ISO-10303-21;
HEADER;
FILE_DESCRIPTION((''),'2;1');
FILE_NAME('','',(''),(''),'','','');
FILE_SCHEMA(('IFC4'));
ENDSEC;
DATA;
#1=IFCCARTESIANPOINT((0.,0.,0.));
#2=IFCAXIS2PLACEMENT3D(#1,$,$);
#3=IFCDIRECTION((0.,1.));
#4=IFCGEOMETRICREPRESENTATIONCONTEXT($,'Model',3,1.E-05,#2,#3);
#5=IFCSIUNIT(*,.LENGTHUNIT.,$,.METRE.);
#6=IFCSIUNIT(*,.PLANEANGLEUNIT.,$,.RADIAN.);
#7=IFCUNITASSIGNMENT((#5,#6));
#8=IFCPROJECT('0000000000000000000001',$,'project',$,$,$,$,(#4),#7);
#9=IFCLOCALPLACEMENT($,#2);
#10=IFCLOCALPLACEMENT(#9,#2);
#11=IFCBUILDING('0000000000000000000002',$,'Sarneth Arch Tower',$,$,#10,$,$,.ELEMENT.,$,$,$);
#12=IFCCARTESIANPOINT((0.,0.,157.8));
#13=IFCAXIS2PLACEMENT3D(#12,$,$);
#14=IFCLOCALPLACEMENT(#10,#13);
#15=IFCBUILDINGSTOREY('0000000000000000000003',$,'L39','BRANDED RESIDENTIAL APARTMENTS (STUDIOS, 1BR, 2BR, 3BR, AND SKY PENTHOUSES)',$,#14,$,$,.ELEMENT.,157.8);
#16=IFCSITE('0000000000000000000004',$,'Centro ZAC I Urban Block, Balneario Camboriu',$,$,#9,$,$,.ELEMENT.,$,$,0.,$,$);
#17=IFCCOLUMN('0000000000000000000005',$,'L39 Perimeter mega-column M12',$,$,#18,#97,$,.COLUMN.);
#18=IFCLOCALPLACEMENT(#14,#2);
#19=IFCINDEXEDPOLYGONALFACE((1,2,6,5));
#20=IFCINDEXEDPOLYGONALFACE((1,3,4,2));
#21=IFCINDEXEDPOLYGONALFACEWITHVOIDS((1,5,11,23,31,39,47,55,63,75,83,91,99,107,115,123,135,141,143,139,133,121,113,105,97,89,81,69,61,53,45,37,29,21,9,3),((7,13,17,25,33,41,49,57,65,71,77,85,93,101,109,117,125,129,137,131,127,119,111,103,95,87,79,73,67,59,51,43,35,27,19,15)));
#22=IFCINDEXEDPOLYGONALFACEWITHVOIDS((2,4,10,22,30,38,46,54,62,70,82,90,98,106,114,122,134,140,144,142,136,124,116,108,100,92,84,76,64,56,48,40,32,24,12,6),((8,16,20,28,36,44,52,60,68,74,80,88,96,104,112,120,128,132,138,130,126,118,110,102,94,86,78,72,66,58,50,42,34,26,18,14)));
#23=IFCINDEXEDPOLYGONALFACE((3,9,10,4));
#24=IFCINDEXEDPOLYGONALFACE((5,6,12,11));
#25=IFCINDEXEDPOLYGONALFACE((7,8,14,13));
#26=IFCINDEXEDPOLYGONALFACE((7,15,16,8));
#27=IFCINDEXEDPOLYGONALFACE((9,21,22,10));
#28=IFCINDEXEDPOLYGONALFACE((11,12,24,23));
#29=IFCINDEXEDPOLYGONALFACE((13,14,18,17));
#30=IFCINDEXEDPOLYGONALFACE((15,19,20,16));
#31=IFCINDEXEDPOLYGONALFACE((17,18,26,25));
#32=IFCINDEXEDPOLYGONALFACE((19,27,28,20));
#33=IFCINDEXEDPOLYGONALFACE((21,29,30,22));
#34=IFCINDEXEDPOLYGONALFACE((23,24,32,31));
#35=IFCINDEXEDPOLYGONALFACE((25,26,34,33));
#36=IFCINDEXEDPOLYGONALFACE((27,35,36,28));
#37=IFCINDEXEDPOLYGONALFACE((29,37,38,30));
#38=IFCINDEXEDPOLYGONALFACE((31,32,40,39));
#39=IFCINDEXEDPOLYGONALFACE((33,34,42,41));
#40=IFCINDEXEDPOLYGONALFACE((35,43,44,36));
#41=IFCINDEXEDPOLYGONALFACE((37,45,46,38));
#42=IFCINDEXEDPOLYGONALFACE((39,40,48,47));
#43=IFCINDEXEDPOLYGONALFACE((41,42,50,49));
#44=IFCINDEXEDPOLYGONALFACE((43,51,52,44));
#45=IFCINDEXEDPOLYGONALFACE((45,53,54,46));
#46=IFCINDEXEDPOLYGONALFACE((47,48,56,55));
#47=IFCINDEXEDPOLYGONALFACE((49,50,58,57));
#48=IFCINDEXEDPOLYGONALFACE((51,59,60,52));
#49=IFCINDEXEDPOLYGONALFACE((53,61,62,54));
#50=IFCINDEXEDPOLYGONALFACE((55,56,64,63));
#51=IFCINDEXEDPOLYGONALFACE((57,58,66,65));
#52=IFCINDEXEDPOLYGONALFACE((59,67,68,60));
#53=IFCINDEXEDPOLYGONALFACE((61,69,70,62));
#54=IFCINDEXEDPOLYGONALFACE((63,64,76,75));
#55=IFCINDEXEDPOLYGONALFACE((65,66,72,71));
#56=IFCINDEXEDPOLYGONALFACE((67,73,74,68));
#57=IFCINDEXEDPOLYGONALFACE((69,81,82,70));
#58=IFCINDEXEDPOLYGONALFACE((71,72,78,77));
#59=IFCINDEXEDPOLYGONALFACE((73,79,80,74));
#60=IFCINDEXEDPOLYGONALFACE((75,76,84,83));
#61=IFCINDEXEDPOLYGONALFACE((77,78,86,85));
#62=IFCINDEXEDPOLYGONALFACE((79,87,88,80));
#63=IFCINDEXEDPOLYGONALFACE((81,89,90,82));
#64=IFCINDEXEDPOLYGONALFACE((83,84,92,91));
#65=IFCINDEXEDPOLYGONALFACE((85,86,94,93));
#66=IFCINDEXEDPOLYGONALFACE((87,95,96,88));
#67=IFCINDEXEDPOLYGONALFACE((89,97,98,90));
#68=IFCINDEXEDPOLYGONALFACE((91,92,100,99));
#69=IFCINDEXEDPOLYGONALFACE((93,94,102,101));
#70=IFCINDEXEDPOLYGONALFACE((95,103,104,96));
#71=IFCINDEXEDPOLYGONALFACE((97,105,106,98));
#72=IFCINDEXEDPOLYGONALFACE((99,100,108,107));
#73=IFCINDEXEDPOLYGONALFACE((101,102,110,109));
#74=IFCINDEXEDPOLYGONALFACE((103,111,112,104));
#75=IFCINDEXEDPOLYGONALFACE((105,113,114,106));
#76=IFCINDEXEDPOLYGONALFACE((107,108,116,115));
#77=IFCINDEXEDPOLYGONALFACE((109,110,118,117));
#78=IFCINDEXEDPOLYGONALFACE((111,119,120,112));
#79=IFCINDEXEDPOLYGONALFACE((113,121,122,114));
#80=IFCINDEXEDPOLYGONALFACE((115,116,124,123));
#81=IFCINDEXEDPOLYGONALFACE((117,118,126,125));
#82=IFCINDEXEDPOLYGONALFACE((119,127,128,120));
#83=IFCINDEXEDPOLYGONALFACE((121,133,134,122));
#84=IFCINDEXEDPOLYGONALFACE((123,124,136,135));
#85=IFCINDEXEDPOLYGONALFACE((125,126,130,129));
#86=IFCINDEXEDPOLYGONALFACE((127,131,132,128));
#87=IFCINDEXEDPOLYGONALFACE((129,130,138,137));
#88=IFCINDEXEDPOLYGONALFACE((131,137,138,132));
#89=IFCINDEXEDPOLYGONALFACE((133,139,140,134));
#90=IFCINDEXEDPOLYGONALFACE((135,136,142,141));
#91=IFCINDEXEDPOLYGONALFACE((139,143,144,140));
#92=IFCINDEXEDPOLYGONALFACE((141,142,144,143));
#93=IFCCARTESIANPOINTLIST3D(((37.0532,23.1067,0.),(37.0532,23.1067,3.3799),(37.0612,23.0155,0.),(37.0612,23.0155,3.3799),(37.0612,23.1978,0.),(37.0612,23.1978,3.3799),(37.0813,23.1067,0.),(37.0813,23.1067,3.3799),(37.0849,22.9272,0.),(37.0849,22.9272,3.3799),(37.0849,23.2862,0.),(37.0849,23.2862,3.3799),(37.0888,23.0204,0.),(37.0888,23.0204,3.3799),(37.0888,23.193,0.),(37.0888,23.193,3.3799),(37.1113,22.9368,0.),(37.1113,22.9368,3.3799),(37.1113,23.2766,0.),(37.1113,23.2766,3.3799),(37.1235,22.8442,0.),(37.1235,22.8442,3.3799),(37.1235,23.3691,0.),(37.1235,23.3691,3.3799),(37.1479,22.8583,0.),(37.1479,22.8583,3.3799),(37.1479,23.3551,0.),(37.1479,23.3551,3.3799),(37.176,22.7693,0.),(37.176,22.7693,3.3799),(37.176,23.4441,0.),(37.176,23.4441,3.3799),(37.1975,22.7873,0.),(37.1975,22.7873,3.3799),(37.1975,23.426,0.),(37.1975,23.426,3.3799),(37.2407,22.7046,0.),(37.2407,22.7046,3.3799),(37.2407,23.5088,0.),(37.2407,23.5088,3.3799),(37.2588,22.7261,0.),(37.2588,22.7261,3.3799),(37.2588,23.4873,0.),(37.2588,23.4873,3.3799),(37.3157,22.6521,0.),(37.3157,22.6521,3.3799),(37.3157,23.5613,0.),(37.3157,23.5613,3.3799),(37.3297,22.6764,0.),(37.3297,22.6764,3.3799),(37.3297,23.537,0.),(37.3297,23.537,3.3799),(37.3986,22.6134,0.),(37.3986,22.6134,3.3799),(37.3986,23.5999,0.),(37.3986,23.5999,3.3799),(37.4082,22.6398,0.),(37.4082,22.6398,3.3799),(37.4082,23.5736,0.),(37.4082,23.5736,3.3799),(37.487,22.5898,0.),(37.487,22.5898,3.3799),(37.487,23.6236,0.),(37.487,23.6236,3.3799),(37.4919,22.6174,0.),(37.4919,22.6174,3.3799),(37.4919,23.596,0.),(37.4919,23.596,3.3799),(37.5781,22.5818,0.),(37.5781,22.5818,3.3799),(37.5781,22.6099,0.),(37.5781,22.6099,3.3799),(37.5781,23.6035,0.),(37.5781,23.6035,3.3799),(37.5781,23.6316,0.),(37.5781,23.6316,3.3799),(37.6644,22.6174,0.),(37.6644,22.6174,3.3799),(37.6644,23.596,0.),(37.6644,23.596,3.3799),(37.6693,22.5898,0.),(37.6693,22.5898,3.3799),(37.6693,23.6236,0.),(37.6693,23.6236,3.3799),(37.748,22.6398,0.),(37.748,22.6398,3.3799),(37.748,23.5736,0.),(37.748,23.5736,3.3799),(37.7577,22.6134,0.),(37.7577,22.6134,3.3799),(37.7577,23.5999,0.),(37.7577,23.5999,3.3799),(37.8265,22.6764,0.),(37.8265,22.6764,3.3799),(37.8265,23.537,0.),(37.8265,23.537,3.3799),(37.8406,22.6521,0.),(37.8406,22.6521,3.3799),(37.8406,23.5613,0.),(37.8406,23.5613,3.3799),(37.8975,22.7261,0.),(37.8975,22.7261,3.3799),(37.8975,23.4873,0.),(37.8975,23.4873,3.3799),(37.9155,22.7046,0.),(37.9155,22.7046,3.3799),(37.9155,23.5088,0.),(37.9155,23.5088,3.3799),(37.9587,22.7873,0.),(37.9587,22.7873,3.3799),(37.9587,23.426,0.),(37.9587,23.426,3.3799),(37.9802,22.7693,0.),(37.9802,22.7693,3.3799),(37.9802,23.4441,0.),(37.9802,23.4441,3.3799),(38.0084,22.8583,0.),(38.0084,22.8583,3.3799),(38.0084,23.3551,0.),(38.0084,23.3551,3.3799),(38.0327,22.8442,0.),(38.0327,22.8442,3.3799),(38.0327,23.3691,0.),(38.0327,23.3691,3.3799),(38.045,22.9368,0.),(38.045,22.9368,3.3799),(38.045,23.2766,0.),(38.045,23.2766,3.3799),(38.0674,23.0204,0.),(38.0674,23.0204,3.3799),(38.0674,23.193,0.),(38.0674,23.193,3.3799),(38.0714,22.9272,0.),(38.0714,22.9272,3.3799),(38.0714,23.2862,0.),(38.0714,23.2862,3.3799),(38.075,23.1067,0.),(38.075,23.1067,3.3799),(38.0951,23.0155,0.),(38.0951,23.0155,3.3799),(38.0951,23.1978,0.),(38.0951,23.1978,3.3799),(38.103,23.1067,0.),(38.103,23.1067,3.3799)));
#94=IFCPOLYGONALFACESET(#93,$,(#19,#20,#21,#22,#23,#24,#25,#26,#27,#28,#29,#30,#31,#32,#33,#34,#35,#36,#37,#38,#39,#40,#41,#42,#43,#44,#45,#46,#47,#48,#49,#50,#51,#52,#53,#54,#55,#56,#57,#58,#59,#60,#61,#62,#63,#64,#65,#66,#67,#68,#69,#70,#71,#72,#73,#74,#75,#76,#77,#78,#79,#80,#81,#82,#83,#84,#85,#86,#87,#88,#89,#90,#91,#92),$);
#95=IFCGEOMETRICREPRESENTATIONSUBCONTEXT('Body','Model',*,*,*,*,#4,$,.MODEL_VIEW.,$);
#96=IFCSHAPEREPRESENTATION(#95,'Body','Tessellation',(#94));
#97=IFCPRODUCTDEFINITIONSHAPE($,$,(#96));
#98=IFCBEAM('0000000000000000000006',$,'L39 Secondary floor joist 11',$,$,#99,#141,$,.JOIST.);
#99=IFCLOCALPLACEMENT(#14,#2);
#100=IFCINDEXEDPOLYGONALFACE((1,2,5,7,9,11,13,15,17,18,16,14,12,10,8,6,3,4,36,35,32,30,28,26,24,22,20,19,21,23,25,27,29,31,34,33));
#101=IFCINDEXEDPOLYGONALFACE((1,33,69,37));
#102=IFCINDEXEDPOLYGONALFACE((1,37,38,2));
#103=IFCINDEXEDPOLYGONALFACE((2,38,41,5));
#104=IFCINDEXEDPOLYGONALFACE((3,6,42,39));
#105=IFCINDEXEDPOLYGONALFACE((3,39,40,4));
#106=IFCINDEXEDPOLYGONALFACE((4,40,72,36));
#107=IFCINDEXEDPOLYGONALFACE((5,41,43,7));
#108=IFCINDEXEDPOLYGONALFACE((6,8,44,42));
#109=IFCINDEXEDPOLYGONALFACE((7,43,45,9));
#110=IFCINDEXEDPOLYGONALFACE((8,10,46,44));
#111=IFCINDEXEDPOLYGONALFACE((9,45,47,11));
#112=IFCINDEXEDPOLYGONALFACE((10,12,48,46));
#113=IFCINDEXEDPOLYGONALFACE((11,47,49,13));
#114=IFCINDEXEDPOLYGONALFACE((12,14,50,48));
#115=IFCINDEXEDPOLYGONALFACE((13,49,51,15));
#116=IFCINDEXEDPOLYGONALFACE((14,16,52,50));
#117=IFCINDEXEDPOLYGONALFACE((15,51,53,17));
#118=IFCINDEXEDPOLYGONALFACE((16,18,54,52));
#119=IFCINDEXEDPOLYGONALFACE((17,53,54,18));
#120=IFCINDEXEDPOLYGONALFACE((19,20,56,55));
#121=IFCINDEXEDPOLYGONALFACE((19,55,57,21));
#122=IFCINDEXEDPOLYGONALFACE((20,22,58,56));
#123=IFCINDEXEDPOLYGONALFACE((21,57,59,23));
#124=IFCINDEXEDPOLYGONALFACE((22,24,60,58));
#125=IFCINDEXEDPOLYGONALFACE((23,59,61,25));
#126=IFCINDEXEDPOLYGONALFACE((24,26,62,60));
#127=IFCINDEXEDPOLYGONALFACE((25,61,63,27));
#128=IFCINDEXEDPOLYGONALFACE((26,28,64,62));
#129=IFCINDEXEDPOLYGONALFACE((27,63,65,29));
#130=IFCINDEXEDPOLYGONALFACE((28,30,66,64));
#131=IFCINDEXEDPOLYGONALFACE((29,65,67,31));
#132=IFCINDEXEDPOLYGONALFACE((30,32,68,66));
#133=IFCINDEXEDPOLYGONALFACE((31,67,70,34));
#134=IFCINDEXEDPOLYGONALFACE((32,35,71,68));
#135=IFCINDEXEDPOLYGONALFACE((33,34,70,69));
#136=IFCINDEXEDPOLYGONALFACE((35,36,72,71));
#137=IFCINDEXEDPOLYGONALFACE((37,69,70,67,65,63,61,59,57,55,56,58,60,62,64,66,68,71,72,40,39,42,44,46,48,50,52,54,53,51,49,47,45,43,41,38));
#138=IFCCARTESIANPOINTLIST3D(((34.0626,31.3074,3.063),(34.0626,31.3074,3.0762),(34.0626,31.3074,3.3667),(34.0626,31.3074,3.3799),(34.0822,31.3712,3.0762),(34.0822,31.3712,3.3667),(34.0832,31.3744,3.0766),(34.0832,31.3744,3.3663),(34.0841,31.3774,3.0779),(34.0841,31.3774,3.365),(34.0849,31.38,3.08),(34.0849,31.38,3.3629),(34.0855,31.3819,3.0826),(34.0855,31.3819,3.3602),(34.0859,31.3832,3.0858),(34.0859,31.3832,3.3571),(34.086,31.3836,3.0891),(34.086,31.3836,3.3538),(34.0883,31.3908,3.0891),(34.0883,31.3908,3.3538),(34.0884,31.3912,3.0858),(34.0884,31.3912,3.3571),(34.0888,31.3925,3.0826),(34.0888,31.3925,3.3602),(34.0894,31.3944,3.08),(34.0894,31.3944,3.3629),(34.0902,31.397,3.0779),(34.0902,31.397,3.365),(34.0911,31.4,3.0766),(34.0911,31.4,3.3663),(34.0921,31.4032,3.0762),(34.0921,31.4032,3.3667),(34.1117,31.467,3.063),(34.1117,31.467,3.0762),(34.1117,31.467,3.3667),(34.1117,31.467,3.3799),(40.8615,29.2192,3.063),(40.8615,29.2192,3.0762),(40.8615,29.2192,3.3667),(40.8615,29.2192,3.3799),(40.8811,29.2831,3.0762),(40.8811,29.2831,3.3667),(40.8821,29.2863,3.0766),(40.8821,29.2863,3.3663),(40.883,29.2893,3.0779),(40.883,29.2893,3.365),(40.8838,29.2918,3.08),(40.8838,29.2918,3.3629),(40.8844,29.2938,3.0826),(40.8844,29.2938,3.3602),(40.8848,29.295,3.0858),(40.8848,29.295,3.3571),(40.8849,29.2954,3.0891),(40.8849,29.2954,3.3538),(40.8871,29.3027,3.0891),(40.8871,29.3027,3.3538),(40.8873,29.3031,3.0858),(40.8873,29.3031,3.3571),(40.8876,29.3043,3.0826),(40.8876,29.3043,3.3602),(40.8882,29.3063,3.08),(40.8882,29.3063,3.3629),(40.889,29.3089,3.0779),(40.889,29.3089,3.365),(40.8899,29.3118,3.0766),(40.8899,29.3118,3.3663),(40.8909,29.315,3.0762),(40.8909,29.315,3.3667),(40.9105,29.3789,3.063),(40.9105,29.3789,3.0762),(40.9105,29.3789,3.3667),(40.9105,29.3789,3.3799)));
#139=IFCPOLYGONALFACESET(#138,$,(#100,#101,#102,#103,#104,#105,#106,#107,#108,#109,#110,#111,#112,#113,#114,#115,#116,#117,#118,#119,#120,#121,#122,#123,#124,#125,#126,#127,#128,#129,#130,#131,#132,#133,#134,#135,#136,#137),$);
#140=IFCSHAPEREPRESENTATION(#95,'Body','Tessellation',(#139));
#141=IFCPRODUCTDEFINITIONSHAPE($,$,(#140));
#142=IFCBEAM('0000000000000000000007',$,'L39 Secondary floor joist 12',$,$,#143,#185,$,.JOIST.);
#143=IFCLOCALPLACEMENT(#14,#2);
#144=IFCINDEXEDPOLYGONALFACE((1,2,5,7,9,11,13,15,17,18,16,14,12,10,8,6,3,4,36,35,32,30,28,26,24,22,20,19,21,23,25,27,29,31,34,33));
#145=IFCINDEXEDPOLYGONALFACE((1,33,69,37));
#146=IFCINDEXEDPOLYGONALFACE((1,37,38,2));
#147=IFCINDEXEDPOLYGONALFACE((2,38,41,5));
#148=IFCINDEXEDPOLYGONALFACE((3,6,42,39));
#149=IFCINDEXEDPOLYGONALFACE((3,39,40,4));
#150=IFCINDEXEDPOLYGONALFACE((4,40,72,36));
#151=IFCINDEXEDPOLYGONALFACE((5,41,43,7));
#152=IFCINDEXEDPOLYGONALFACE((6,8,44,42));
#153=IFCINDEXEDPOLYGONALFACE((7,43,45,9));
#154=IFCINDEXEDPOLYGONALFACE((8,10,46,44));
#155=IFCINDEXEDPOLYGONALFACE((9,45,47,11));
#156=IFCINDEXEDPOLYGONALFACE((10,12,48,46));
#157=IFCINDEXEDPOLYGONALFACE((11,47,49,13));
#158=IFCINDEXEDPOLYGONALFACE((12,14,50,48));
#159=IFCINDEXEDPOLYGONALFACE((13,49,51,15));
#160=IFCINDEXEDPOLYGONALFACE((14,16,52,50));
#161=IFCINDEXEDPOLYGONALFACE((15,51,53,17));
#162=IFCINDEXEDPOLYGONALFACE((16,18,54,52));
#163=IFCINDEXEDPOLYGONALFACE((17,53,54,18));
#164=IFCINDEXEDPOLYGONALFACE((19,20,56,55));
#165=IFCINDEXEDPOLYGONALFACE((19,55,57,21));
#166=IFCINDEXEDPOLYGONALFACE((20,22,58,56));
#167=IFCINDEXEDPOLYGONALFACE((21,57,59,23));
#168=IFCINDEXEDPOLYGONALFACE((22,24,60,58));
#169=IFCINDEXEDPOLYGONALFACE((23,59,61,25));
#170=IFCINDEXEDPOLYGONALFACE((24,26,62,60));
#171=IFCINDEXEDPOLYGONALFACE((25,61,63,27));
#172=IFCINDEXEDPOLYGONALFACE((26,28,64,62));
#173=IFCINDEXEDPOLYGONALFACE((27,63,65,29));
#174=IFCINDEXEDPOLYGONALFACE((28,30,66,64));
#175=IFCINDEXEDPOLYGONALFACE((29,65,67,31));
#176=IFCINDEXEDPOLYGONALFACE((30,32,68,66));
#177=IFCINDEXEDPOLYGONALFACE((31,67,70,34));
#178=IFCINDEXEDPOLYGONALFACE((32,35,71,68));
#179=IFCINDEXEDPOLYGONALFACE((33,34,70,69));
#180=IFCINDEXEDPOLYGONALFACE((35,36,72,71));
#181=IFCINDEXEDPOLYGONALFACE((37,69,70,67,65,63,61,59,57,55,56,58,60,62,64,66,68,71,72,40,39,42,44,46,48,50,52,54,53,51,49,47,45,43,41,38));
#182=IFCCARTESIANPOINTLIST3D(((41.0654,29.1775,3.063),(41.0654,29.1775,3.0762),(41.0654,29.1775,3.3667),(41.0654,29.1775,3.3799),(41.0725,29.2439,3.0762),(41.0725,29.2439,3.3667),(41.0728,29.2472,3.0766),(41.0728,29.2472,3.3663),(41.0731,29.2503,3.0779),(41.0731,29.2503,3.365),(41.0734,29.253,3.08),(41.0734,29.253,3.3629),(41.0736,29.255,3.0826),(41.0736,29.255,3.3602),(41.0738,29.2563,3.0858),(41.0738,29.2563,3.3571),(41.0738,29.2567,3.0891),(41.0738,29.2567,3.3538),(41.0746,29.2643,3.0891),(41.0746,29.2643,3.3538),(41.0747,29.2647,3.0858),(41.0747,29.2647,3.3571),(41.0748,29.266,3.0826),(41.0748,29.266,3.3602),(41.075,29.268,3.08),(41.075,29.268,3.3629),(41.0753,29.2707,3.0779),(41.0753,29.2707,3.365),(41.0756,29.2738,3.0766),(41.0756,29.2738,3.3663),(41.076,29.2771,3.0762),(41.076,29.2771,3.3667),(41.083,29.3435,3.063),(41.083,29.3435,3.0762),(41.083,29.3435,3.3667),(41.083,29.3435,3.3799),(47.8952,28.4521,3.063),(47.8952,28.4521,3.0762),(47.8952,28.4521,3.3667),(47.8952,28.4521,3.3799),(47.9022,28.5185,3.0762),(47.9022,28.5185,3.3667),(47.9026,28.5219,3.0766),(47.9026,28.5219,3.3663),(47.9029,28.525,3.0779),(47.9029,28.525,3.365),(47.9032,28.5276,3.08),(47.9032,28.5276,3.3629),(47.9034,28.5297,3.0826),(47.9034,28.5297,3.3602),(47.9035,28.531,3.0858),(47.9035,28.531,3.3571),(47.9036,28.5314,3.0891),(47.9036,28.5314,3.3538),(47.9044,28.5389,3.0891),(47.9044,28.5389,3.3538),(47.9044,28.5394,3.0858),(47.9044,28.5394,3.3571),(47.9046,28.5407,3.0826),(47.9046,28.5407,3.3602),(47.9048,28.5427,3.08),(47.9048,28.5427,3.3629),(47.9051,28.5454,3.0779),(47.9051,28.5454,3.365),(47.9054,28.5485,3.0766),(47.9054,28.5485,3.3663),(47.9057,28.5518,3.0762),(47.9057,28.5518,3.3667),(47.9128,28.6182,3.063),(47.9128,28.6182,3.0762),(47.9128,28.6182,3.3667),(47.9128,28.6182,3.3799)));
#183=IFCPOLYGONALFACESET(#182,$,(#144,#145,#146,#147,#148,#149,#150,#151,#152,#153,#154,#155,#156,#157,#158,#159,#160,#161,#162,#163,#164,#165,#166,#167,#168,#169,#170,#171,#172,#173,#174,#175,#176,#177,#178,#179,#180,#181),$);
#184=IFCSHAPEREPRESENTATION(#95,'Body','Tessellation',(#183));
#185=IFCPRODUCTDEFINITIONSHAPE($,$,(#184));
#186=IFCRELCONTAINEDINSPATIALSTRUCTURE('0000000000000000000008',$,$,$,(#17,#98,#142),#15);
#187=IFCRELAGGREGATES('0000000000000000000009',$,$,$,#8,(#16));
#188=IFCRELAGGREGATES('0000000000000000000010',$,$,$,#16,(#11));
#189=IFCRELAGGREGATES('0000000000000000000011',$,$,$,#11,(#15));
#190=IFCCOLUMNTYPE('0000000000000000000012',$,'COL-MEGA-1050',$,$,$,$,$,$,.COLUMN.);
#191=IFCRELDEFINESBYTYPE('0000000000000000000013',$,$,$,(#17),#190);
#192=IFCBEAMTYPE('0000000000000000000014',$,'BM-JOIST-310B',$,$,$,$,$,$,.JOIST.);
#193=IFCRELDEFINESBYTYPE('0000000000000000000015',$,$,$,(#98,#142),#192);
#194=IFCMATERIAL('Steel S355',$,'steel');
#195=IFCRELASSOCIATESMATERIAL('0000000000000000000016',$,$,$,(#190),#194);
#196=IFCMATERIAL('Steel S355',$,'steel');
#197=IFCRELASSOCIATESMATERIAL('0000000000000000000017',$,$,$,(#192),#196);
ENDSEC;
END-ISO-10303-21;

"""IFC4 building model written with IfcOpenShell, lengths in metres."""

from ifc_helpers import new_model, si_unit, direction, frame, origin, origin_2d, place, context, subcontext, project, spatial, hollow_circle, i_section, extrude, material, material_profile, profile_set, type_object, element, save


model = new_model("IFC4")

# Units and contexts
model_context = context("Model", 3, precision=1e-05, world=origin(), true_north=direction((0.0, 1.0)))
body_context = subcontext(model_context, "Body", "Model", "MODEL_VIEW")
ifc_project = project(units=[si_unit("LENGTHUNIT", "METRE"), si_unit("PLANEANGLEUNIT", "RADIAN")], contexts=[model_context])

# Site, building, storey
site_placement = place(None, origin())
site = spatial("IfcSite", under=ifc_project, at=site_placement, Name="Centro ZAC I Urban Block, Balneario Camboriu", CompositionType="ELEMENT", RefElevation=0.0)
building_placement = place(site_placement, origin())
building = spatial("IfcBuilding", under=site, at=building_placement, Name="Sarneth Arch Tower", CompositionType="ELEMENT")
storey_placement = place(building_placement, frame((0.0, 0.0, 157.8)))
storey = spatial("IfcBuildingStorey", under=building, at=storey_placement, Name="L39", Description="BRANDED RESIDENTIAL APARTMENTS (STUDIOS, 1BR, 2BR, 3BR, AND SKY PENTHOUSES)", CompositionType="ELEMENT", Elevation=157.8)

# Column
ifc_material_1 = material(Name="Steel S355", Category="steel")
ifc_material_profile_1 = material_profile(ifc_material_1, hollow_circle(Radius=0.5249, WallThickness=0.0281, at=origin_2d()), Name="CHS1050x28")
ifc_profile_set_1 = profile_set([ifc_material_profile_1], Name="Steel S355")
column_type = type_object("IfcColumnType", Name="COL-MEGA-1050", PredefinedType="COLUMN", material=ifc_profile_set_1)
column_placement = place(storey_placement, frame((37.5781, 23.1067, 0.0), z_axis=(0.0, 0.0, 1.0), x_axis=(1.0, 0.0, 0.0)))
element("IfcColumn", 1, at=column_placement, inside=storey, type_object=column_type, Name="L39 Perimeter mega-column M12", PredefinedType="COLUMN", context=body_context, shape_type="SweptSolid", body=[
    extrude(hollow_circle(Radius=0.5249, WallThickness=0.0281, at=origin_2d()), origin(), (0.0, 0.0, 1.0), 3.3799),
])

# Beams
ifc_material_2 = material(Name="Steel S355", Category="steel")
ifc_material_profile_2 = material_profile(ifc_material_2, i_section(OverallWidth=0.167, OverallDepth=0.3169, WebThickness=0.0076, FlangeThickness=0.0132, FilletRadius=0.0129, at=origin_2d()), Name="W310x52")
ifc_profile_set_2 = profile_set([ifc_material_profile_2], Name="Steel S355")
beam_type_1 = type_object("IfcBeamType", Name="BM-JOIST-310B", PredefinedType="JOIST", material=ifc_profile_set_2)
beam_1_placement = place(storey_placement, frame((34.0872, 31.3872, 3.2214), z_axis=(0.95593, -0.293596, 0.0), x_axis=(0.293596, 0.95593, 0.0)))
element("IfcBeam", 2, at=beam_1_placement, inside=storey, type_object=beam_type_1, Name="L39 Secondary floor joist 11", PredefinedType="JOIST", context=body_context, shape_type="SweptSolid", body=[
    extrude(i_section(OverallWidth=0.167, OverallDepth=0.3169, WebThickness=0.0076, FlangeThickness=0.0132, FilletRadius=0.0129, at=origin_2d()), origin(), (0.0, 0.0, 1.0), 7.1123),
])
beam_2_placement = place(storey_placement, frame((41.0742, 29.2605, 3.2214), z_axis=(0.994408, -0.105608, 0.0), x_axis=(0.105608, 0.994408, 0.0)))
element("IfcBeam", 3, at=beam_2_placement, inside=storey, type_object=beam_type_1, Name="L39 Secondary floor joist 12", PredefinedType="JOIST", context=body_context, shape_type="SweptSolid", body=[
    extrude(i_section(OverallWidth=0.167, OverallDepth=0.3169, WebThickness=0.0076, FlangeThickness=0.0132, FilletRadius=0.0129, at=origin_2d()), origin(), (0.0, 0.0, 1.0), 6.8682),
])

save(model, "model.ifc")
